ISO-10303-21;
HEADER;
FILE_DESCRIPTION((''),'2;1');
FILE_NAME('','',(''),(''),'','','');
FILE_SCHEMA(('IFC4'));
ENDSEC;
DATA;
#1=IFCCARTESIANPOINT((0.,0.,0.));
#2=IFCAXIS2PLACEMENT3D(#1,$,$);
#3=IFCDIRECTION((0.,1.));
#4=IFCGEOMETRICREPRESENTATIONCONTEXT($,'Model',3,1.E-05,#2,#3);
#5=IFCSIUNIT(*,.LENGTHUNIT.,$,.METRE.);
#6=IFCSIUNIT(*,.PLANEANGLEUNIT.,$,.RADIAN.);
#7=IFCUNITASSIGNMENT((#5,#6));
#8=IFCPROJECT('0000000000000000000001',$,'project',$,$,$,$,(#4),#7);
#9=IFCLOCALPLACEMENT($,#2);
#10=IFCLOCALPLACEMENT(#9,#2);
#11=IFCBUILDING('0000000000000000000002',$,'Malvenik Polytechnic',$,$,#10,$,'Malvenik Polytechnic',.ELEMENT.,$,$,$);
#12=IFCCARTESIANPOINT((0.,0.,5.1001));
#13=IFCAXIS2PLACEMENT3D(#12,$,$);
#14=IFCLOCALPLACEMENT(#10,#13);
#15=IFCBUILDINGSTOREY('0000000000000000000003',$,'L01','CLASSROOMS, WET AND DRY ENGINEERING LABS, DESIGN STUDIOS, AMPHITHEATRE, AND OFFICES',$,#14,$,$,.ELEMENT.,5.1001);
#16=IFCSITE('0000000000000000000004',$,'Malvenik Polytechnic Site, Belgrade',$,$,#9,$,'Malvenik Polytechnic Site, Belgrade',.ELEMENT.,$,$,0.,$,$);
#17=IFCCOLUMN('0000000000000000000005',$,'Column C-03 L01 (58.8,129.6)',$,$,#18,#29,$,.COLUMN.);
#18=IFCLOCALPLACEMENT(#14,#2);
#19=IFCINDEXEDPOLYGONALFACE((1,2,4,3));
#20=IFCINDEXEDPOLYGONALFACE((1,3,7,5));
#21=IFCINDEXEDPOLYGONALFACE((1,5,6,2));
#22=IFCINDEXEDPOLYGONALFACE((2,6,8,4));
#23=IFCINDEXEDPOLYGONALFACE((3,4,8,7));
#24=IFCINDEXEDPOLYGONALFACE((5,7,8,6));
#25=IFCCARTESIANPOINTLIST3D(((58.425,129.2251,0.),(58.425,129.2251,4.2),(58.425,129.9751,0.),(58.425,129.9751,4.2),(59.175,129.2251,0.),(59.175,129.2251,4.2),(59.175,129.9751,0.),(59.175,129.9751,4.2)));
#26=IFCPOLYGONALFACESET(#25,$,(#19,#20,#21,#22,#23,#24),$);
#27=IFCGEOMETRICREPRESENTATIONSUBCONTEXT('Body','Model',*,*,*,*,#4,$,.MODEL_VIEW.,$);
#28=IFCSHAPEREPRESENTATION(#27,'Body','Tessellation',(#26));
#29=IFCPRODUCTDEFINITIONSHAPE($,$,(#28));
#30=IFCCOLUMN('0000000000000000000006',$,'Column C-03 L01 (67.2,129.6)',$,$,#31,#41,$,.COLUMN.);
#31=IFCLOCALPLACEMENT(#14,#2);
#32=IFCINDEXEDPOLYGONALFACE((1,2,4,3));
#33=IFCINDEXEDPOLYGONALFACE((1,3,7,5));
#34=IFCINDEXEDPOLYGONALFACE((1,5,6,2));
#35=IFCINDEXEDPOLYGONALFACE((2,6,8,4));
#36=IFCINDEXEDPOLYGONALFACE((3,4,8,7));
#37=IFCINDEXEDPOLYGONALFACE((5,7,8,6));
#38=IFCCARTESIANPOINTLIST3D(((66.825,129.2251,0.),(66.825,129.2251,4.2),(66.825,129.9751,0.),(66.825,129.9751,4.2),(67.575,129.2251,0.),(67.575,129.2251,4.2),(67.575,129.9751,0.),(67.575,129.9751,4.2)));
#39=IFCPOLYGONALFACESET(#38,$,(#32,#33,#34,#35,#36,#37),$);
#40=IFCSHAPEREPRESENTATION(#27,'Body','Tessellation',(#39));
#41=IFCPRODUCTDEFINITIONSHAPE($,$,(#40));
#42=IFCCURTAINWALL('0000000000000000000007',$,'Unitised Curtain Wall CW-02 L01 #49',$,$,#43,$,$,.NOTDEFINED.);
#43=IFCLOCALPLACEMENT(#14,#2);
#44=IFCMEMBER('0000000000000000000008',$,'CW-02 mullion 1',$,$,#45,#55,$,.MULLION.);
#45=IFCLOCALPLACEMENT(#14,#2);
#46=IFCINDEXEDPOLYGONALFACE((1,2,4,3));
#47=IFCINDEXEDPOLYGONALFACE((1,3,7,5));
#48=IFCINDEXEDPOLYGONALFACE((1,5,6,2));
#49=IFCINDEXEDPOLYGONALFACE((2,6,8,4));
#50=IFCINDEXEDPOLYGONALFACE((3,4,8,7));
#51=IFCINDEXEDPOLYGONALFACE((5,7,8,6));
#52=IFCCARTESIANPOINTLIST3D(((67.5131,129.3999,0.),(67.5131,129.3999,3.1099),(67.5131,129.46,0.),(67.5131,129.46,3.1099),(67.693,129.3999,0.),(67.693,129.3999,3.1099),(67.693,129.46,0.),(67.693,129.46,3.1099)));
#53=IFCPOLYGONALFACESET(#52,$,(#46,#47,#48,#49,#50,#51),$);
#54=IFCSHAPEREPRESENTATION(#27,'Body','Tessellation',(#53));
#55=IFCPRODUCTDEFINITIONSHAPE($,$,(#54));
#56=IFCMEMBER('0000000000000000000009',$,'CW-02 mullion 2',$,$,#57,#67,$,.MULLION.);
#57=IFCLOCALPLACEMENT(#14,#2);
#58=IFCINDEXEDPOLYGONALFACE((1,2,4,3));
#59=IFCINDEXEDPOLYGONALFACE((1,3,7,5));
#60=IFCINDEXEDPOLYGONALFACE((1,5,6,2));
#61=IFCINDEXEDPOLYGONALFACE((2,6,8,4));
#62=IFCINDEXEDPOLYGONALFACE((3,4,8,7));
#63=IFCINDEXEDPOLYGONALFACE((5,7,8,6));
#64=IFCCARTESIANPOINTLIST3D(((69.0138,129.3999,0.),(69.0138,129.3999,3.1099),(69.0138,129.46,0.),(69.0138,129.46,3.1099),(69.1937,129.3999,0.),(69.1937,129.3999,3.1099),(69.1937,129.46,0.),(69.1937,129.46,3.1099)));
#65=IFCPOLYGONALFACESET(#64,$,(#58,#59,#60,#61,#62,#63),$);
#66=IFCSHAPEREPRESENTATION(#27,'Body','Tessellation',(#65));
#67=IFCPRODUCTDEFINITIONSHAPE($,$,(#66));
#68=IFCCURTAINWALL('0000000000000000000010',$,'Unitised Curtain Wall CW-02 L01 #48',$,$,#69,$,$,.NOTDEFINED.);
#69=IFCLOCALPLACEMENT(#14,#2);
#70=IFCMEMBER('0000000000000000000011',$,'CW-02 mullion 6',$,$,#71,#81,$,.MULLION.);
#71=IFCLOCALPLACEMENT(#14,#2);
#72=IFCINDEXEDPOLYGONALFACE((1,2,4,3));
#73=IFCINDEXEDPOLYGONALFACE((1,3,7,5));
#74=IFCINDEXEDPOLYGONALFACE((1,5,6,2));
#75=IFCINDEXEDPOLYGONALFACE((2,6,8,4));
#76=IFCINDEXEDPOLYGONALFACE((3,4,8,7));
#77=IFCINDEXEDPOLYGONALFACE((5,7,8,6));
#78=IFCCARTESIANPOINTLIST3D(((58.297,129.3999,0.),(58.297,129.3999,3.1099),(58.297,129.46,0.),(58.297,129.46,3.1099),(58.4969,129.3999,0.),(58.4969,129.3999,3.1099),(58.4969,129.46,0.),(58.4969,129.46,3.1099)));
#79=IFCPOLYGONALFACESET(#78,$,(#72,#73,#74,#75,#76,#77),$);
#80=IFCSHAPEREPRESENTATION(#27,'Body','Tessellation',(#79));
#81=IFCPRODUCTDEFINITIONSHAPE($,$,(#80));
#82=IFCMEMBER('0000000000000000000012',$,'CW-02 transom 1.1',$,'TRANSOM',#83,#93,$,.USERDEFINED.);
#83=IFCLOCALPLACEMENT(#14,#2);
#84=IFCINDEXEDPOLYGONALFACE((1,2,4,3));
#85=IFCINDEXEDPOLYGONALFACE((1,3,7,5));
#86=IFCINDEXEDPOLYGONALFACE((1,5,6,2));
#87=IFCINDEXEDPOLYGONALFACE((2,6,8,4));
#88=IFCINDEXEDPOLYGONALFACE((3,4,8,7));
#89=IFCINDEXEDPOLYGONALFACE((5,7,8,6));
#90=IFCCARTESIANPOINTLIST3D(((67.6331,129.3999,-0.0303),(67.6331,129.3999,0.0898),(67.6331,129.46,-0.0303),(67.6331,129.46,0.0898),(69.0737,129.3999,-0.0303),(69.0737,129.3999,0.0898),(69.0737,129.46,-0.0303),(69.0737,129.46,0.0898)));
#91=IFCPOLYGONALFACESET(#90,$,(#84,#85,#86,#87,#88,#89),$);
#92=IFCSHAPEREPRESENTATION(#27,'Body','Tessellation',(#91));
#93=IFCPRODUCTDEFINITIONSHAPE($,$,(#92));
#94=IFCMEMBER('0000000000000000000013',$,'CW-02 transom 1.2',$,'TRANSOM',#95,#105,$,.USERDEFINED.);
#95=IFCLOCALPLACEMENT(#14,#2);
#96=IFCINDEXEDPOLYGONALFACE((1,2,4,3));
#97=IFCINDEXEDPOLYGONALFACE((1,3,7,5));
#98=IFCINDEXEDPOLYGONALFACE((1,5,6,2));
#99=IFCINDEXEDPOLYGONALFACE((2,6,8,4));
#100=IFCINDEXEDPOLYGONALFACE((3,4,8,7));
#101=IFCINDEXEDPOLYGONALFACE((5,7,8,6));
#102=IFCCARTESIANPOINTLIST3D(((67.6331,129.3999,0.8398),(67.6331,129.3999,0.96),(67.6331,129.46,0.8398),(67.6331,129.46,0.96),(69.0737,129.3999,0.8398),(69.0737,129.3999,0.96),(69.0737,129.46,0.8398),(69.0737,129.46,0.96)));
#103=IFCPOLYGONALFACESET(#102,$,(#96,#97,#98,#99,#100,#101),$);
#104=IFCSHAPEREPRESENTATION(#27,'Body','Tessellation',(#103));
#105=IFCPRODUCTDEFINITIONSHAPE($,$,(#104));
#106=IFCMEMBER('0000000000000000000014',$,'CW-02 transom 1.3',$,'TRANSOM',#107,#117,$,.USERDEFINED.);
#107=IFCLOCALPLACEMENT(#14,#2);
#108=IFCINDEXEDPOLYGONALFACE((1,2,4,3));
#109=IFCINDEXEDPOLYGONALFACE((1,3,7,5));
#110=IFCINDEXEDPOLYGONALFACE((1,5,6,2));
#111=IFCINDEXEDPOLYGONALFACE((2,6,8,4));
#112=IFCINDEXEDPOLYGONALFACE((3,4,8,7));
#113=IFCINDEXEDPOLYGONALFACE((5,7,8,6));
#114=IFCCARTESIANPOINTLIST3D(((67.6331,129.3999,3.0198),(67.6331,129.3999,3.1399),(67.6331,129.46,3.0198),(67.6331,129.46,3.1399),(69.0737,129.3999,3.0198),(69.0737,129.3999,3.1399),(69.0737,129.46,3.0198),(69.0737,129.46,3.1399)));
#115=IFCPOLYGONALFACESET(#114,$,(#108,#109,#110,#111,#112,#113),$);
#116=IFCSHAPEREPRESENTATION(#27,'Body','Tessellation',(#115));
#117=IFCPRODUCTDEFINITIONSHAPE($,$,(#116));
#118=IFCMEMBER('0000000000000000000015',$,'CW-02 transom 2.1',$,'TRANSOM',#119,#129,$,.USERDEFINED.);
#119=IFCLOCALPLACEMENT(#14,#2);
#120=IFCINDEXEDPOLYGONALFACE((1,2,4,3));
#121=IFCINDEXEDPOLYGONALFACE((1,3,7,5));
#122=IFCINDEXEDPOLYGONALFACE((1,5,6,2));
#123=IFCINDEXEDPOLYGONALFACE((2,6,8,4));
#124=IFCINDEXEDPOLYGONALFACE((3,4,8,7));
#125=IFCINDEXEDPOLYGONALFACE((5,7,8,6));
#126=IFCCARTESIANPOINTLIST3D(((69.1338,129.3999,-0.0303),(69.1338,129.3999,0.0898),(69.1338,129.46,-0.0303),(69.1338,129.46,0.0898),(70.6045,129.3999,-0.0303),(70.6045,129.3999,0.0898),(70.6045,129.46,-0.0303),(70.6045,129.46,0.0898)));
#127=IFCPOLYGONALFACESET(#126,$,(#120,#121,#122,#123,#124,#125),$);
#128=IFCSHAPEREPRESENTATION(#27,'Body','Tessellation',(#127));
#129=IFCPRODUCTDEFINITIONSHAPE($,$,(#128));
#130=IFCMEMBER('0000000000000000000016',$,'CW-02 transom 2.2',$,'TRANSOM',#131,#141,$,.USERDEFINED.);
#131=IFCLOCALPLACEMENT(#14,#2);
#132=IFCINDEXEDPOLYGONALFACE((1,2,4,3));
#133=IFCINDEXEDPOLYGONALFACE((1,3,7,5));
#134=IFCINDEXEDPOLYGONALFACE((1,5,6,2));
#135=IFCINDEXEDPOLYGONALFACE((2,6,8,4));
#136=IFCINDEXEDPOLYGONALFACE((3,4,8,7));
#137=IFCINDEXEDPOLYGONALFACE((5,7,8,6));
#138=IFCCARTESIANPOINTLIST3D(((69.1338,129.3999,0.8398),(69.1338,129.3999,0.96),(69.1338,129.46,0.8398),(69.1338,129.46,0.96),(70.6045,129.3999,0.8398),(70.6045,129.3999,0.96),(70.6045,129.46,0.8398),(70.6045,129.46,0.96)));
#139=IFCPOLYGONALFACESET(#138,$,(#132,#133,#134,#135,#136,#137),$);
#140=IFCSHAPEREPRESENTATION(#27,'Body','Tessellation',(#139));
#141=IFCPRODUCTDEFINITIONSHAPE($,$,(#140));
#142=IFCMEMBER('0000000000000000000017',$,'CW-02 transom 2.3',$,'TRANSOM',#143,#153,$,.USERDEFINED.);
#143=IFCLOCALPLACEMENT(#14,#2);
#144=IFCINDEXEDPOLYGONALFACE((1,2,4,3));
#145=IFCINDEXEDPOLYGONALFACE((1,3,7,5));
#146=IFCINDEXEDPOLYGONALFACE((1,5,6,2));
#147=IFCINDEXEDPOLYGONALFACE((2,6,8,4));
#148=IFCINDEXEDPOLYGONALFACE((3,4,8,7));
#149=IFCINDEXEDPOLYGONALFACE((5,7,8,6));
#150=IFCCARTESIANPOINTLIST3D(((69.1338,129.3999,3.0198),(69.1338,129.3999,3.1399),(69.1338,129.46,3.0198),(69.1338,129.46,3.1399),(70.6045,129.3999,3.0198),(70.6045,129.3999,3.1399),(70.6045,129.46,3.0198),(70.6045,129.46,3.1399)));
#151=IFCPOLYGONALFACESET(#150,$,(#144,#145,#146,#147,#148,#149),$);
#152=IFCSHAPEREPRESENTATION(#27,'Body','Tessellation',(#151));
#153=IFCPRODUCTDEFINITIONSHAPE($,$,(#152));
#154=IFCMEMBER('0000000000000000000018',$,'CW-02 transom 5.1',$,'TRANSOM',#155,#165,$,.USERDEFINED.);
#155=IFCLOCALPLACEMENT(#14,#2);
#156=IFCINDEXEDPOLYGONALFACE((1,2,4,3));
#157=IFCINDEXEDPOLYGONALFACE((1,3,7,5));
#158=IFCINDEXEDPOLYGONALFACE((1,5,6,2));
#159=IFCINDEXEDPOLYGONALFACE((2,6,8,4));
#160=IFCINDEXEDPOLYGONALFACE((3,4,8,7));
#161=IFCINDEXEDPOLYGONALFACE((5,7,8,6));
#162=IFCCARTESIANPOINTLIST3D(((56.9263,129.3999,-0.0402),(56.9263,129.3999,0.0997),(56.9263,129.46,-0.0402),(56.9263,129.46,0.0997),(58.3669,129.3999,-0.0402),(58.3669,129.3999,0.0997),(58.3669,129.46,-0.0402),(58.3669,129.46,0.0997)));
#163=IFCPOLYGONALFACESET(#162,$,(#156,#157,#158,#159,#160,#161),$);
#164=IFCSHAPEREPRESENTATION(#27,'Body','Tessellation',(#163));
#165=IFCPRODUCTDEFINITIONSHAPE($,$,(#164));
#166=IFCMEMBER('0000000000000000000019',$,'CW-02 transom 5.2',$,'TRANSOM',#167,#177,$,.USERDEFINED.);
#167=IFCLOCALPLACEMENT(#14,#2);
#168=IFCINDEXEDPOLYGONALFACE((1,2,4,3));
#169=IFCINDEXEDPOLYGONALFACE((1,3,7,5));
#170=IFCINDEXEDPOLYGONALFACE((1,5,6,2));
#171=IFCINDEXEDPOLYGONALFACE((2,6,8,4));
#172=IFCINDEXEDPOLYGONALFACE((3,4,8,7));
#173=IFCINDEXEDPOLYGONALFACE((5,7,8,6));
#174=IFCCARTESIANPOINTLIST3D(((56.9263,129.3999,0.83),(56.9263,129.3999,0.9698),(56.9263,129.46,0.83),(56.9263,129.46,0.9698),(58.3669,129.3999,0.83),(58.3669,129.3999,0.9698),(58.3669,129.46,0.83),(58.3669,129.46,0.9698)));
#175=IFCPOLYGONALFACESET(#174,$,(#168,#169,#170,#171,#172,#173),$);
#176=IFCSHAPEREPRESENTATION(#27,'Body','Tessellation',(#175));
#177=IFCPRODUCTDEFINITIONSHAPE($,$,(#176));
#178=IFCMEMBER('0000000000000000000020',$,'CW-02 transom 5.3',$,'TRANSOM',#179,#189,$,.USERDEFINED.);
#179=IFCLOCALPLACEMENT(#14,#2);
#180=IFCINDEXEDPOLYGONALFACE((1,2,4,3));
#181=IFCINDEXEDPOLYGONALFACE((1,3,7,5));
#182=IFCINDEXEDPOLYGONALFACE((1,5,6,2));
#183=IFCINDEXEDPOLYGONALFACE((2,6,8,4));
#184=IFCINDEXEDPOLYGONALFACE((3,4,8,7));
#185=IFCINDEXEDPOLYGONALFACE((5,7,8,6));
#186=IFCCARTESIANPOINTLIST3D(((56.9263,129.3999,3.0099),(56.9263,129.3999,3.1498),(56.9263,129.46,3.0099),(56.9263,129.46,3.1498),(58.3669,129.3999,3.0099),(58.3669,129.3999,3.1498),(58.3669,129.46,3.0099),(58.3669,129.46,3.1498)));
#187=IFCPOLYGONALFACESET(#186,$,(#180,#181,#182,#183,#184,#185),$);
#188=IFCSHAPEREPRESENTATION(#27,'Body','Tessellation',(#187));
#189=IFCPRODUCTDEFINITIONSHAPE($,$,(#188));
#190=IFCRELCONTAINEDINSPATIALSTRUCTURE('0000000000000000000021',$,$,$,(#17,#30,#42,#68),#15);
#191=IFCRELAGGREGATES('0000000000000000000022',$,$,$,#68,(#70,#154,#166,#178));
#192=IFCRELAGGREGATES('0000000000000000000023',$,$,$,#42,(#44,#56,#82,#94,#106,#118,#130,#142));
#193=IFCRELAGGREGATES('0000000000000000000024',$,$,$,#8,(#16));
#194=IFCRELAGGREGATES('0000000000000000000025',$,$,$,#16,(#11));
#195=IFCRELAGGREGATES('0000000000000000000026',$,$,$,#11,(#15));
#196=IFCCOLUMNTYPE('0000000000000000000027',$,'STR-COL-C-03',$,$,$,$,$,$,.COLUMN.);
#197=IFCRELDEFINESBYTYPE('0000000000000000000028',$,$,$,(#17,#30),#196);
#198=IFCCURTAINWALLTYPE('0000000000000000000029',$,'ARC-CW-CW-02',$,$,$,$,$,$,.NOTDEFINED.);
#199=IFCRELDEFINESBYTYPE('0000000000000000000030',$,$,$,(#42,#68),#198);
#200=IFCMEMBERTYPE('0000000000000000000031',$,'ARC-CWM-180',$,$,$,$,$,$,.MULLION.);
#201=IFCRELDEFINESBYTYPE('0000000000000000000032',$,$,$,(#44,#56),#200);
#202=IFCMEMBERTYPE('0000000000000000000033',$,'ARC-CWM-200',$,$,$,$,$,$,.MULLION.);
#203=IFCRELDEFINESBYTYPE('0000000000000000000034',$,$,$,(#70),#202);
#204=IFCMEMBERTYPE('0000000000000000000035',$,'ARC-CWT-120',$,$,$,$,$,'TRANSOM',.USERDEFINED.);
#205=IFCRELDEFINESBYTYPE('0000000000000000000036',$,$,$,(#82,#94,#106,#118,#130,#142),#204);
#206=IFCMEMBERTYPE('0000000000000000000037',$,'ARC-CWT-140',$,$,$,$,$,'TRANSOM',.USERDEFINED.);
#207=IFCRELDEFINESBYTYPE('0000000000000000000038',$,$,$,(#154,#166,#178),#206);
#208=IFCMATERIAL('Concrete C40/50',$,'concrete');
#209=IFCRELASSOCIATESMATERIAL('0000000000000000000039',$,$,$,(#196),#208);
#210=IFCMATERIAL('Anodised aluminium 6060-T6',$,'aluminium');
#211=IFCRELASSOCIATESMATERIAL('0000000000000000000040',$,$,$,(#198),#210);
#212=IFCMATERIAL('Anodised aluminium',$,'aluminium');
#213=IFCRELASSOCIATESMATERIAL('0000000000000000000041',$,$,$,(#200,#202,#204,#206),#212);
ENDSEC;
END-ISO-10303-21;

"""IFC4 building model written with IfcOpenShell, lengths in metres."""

from ifc_helpers import new_model, si_unit, direction, frame, origin, origin_2d, place, context, subcontext, project, spatial, rectangle, extrude, material, material_profile, profile_set, type_object, element, aggregate, save


model = new_model("IFC4")

# Units and contexts
model_context = context("Model", 3, precision=1e-05, world=origin(), true_north=direction((0.0, 1.0)))
body_context = subcontext(model_context, "Body", "Model", "MODEL_VIEW")
ifc_project = project(units=[si_unit("LENGTHUNIT", "METRE"), si_unit("PLANEANGLEUNIT", "RADIAN")], contexts=[model_context])

# Site, building, storey
site_placement = place(None, origin())
site = spatial("IfcSite", under=ifc_project, at=site_placement, Name="Malvenik Polytechnic Site, Belgrade", LongName="Malvenik Polytechnic Site, Belgrade", CompositionType="ELEMENT", RefElevation=0.0)
building_placement = place(site_placement, origin())
building = spatial("IfcBuilding", under=site, at=building_placement, Name="Malvenik Polytechnic", LongName="Malvenik Polytechnic", CompositionType="ELEMENT")
storey_placement = place(building_placement, frame((0.0, 0.0, 5.1001)))
storey = spatial("IfcBuildingStorey", under=building, at=storey_placement, Name="L01", Description="CLASSROOMS, WET AND DRY ENGINEERING LABS, DESIGN STUDIOS, AMPHITHEATRE, AND OFFICES", CompositionType="ELEMENT", Elevation=5.1001)

# Columns
ifc_material_1 = material(Name="Concrete C40/50", Category="concrete")
ifc_material_profile_1 = material_profile(ifc_material_1, rectangle(XDim=0.75, YDim=0.75, at=origin_2d()), Name="RC COL 750x750")
ifc_profile_set_1 = profile_set([ifc_material_profile_1], Name="Concrete C40/50")
column_type = type_object("IfcColumnType", Name="STR-COL-C-03", PredefinedType="COLUMN", material=ifc_profile_set_1)
for number, where, z_axis, x_axis, name in (
    (1, (58.8, 129.6001, 0.0), (0.0, 0.0, 1.0), (1.0, 0.0, 0.0), "Column C-03 L01 (58.8,129.6)"),
    (2, (67.2, 129.6001, 0.0), (0.0, 0.0, 1.0), (1.0, 0.0, 0.0), "Column C-03 L01 (67.2,129.6)"),
):
    element("IfcColumn", number, at=place(storey_placement, frame(where, z_axis=z_axis, x_axis=x_axis)), inside=storey, type_object=column_type, Name=name, PredefinedType="COLUMN", context=body_context, shape_type="SweptSolid", body=[
        extrude(rectangle(XDim=0.75, YDim=0.75, at=origin_2d()), origin(), (0.0, 0.0, 1.0), 4.2),
    ])

# Curtain wall, members
ifc_material_2 = material(Name="Anodised aluminium 6060-T6", Category="aluminium")
curtain_wall_type = type_object("IfcCurtainWallType", Name="ARC-CW-CW-02", PredefinedType="NOTDEFINED", material=ifc_material_2)
curtain_wall_1_placement = place(storey_placement, origin())
curtain_wall_1 = element("IfcCurtainWall", 3, at=curtain_wall_1_placement, inside=storey, type_object=curtain_wall_type, Name="Unitised Curtain Wall CW-02 L01 #49", PredefinedType="NOTDEFINED")
ifc_material_3 = material(Name="Anodised aluminium", Category="aluminium")
ifc_material_profile_2 = material_profile(ifc_material_3, rectangle(XDim=0.0601, YDim=0.1799, at=origin_2d()), Name="ALU MULLION 60x180")
ifc_profile_set_2 = profile_set([ifc_material_profile_2], Name="Anodised aluminium")
member_type_1 = type_object("IfcMemberType", Name="ARC-CWM-180", PredefinedType="MULLION", material=ifc_profile_set_2)
member_1_placement = place(storey_placement, frame((67.603, 129.4299, 0.0), z_axis=(0.0, 0.0, 1.0), x_axis=(0.0, 1.0, 0.0)))
member_1 = element("IfcMember", 4, at=member_1_placement, type_object=member_type_1, Name="CW-02 mullion 1", PredefinedType="MULLION", context=body_context, shape_type="SweptSolid", body=[
    extrude(rectangle(XDim=0.0601, YDim=0.1799, at=origin_2d()), origin(), (0.0, 0.0, 1.0), 3.1099),
])
member_2_placement = place(storey_placement, frame((69.1038, 129.4299, 0.0), z_axis=(0.0, 0.0, 1.0), x_axis=(0.0, 1.0, 0.0)))
member_2 = element("IfcMember", 5, at=member_2_placement, type_object=member_type_1, Name="CW-02 mullion 2", PredefinedType="MULLION", context=body_context, shape_type="SweptSolid", body=[
    extrude(rectangle(XDim=0.0601, YDim=0.1799, at=origin_2d()), origin(), (0.0, 0.0, 1.0), 3.1099),
])

# Curtain wall, member
curtain_wall_2_placement = place(storey_placement, origin())
curtain_wall_2 = element("IfcCurtainWall", 6, at=curtain_wall_2_placement, inside=storey, type_object=curtain_wall_type, Name="Unitised Curtain Wall CW-02 L01 #48", PredefinedType="NOTDEFINED")
ifc_material_profile_3 = material_profile(ifc_material_3, rectangle(XDim=0.0601, YDim=0.2, at=origin_2d()), Name="ALU MULLION 60x200")
ifc_profile_set_3 = profile_set([ifc_material_profile_3], Name="Anodised aluminium")
member_type_2 = type_object("IfcMemberType", Name="ARC-CWM-200", PredefinedType="MULLION", material=ifc_profile_set_3)
member_3_placement = place(storey_placement, frame((58.397, 129.4299, 0.0), z_axis=(0.0, 0.0, 1.0), x_axis=(0.0, 1.0, 0.0)))
member_3 = element("IfcMember", 7, at=member_3_placement, type_object=member_type_2, Name="CW-02 mullion 6", PredefinedType="MULLION", context=body_context, shape_type="SweptSolid", body=[
    extrude(rectangle(XDim=0.0601, YDim=0.2, at=origin_2d()), origin(), (0.0, 0.0, 1.0), 3.1099),
])

# Members
ifc_material_profile_4 = material_profile(ifc_material_3, rectangle(XDim=0.0601, YDim=0.1201, at=origin_2d()), Name="ALU TRANSOM 60x120")
ifc_profile_set_4 = profile_set([ifc_material_profile_4], Name="Anodised aluminium")
member_type_3 = type_object("IfcMemberType", Name="ARC-CWT-120", ElementType="TRANSOM", PredefinedType="USERDEFINED", material=ifc_profile_set_4)
member_4_placement = place(storey_placement, frame((67.6331, 129.4299, 0.0298), z_axis=(1.0, 0.0, 0.0), x_axis=(0.0, 1.0, 0.0)))
member_4 = element("IfcMember", 8, at=member_4_placement, type_object=member_type_3, Name="CW-02 transom 1.1", ObjectType="TRANSOM", PredefinedType="USERDEFINED", context=body_context, shape_type="SweptSolid", body=[
    extrude(rectangle(XDim=0.0601, YDim=0.1201, at=origin_2d()), origin(), (0.0, 0.0, 1.0), 1.4407),
])
member_5_placement = place(storey_placement, frame((67.6331, 129.4299, 0.8999), z_axis=(1.0, 0.0, 0.0), x_axis=(0.0, 1.0, 0.0)))
member_5 = element("IfcMember", 9, at=member_5_placement, type_object=member_type_3, Name="CW-02 transom 1.2", ObjectType="TRANSOM", PredefinedType="USERDEFINED", context=body_context, shape_type="SweptSolid", body=[
    extrude(rectangle(XDim=0.0601, YDim=0.1201, at=origin_2d()), origin(), (0.0, 0.0, 1.0), 1.4407),
])
member_6_placement = place(storey_placement, frame((67.6331, 129.4299, 3.0798), z_axis=(1.0, 0.0, 0.0), x_axis=(0.0, 1.0, 0.0)))
member_6 = element("IfcMember", 10, at=member_6_placement, type_object=member_type_3, Name="CW-02 transom 1.3", ObjectType="TRANSOM", PredefinedType="USERDEFINED", context=body_context, shape_type="SweptSolid", body=[
    extrude(rectangle(XDim=0.0601, YDim=0.1201, at=origin_2d()), origin(), (0.0, 0.0, 1.0), 1.4407),
])
member_7_placement = place(storey_placement, frame((69.1338, 129.4299, 0.0298), z_axis=(1.0, 0.0, 0.0), x_axis=(0.0, 1.0, 0.0)))
member_7 = element("IfcMember", 11, at=member_7_placement, type_object=member_type_3, Name="CW-02 transom 2.1", ObjectType="TRANSOM", PredefinedType="USERDEFINED", context=body_context, shape_type="SweptSolid", body=[
    extrude(rectangle(XDim=0.0601, YDim=0.1201, at=origin_2d()), origin(), (0.0, 0.0, 1.0), 1.4707),
])
member_8_placement = place(storey_placement, frame((69.1338, 129.4299, 0.8999), z_axis=(1.0, 0.0, 0.0), x_axis=(0.0, 1.0, 0.0)))
member_8 = element("IfcMember", 12, at=member_8_placement, type_object=member_type_3, Name="CW-02 transom 2.2", ObjectType="TRANSOM", PredefinedType="USERDEFINED", context=body_context, shape_type="SweptSolid", body=[
    extrude(rectangle(XDim=0.0601, YDim=0.1201, at=origin_2d()), origin(), (0.0, 0.0, 1.0), 1.4707),
])
member_9_placement = place(storey_placement, frame((69.1338, 129.4299, 3.0798), z_axis=(1.0, 0.0, 0.0), x_axis=(0.0, 1.0, 0.0)))
member_9 = element("IfcMember", 13, at=member_9_placement, type_object=member_type_3, Name="CW-02 transom 2.3", ObjectType="TRANSOM", PredefinedType="USERDEFINED", context=body_context, shape_type="SweptSolid", body=[
    extrude(rectangle(XDim=0.0601, YDim=0.1201, at=origin_2d()), origin(), (0.0, 0.0, 1.0), 1.4707),
])
ifc_material_profile_5 = material_profile(ifc_material_3, rectangle(XDim=0.0601, YDim=0.1399, at=origin_2d()), Name="ALU TRANSOM 60x140")
ifc_profile_set_5 = profile_set([ifc_material_profile_5], Name="Anodised aluminium")
member_type_4 = type_object("IfcMemberType", Name="ARC-CWT-140", ElementType="TRANSOM", PredefinedType="USERDEFINED", material=ifc_profile_set_5)
member_10_placement = place(storey_placement, frame((56.9263, 129.4299, 0.0298), z_axis=(1.0, 0.0, 0.0), x_axis=(0.0, 1.0, 0.0)))
member_10 = element("IfcMember", 14, at=member_10_placement, type_object=member_type_4, Name="CW-02 transom 5.1", ObjectType="TRANSOM", PredefinedType="USERDEFINED", context=body_context, shape_type="SweptSolid", body=[
    extrude(rectangle(XDim=0.0601, YDim=0.1399, at=origin_2d()), origin(), (0.0, 0.0, 1.0), 1.4407),
])
member_11_placement = place(storey_placement, frame((56.9263, 129.4299, 0.8999), z_axis=(1.0, 0.0, 0.0), x_axis=(0.0, 1.0, 0.0)))
member_11 = element("IfcMember", 15, at=member_11_placement, type_object=member_type_4, Name="CW-02 transom 5.2", ObjectType="TRANSOM", PredefinedType="USERDEFINED", context=body_context, shape_type="SweptSolid", body=[
    extrude(rectangle(XDim=0.0601, YDim=0.1399, at=origin_2d()), origin(), (0.0, 0.0, 1.0), 1.4407),
])
member_12_placement = place(storey_placement, frame((56.9263, 129.4299, 3.0798), z_axis=(1.0, 0.0, 0.0), x_axis=(0.0, 1.0, 0.0)))
member_12 = element("IfcMember", 16, at=member_12_placement, type_object=member_type_4, Name="CW-02 transom 5.3", ObjectType="TRANSOM", PredefinedType="USERDEFINED", context=body_context, shape_type="SweptSolid", body=[
    extrude(rectangle(XDim=0.0601, YDim=0.1399, at=origin_2d()), origin(), (0.0, 0.0, 1.0), 1.4407),
])

aggregate(curtain_wall_2, [member_3, member_10, member_11, member_12])
aggregate(curtain_wall_1, [member_1, member_2, member_4, member_5, member_6, member_7, member_8, member_9])

save(model, "model.ifc")
